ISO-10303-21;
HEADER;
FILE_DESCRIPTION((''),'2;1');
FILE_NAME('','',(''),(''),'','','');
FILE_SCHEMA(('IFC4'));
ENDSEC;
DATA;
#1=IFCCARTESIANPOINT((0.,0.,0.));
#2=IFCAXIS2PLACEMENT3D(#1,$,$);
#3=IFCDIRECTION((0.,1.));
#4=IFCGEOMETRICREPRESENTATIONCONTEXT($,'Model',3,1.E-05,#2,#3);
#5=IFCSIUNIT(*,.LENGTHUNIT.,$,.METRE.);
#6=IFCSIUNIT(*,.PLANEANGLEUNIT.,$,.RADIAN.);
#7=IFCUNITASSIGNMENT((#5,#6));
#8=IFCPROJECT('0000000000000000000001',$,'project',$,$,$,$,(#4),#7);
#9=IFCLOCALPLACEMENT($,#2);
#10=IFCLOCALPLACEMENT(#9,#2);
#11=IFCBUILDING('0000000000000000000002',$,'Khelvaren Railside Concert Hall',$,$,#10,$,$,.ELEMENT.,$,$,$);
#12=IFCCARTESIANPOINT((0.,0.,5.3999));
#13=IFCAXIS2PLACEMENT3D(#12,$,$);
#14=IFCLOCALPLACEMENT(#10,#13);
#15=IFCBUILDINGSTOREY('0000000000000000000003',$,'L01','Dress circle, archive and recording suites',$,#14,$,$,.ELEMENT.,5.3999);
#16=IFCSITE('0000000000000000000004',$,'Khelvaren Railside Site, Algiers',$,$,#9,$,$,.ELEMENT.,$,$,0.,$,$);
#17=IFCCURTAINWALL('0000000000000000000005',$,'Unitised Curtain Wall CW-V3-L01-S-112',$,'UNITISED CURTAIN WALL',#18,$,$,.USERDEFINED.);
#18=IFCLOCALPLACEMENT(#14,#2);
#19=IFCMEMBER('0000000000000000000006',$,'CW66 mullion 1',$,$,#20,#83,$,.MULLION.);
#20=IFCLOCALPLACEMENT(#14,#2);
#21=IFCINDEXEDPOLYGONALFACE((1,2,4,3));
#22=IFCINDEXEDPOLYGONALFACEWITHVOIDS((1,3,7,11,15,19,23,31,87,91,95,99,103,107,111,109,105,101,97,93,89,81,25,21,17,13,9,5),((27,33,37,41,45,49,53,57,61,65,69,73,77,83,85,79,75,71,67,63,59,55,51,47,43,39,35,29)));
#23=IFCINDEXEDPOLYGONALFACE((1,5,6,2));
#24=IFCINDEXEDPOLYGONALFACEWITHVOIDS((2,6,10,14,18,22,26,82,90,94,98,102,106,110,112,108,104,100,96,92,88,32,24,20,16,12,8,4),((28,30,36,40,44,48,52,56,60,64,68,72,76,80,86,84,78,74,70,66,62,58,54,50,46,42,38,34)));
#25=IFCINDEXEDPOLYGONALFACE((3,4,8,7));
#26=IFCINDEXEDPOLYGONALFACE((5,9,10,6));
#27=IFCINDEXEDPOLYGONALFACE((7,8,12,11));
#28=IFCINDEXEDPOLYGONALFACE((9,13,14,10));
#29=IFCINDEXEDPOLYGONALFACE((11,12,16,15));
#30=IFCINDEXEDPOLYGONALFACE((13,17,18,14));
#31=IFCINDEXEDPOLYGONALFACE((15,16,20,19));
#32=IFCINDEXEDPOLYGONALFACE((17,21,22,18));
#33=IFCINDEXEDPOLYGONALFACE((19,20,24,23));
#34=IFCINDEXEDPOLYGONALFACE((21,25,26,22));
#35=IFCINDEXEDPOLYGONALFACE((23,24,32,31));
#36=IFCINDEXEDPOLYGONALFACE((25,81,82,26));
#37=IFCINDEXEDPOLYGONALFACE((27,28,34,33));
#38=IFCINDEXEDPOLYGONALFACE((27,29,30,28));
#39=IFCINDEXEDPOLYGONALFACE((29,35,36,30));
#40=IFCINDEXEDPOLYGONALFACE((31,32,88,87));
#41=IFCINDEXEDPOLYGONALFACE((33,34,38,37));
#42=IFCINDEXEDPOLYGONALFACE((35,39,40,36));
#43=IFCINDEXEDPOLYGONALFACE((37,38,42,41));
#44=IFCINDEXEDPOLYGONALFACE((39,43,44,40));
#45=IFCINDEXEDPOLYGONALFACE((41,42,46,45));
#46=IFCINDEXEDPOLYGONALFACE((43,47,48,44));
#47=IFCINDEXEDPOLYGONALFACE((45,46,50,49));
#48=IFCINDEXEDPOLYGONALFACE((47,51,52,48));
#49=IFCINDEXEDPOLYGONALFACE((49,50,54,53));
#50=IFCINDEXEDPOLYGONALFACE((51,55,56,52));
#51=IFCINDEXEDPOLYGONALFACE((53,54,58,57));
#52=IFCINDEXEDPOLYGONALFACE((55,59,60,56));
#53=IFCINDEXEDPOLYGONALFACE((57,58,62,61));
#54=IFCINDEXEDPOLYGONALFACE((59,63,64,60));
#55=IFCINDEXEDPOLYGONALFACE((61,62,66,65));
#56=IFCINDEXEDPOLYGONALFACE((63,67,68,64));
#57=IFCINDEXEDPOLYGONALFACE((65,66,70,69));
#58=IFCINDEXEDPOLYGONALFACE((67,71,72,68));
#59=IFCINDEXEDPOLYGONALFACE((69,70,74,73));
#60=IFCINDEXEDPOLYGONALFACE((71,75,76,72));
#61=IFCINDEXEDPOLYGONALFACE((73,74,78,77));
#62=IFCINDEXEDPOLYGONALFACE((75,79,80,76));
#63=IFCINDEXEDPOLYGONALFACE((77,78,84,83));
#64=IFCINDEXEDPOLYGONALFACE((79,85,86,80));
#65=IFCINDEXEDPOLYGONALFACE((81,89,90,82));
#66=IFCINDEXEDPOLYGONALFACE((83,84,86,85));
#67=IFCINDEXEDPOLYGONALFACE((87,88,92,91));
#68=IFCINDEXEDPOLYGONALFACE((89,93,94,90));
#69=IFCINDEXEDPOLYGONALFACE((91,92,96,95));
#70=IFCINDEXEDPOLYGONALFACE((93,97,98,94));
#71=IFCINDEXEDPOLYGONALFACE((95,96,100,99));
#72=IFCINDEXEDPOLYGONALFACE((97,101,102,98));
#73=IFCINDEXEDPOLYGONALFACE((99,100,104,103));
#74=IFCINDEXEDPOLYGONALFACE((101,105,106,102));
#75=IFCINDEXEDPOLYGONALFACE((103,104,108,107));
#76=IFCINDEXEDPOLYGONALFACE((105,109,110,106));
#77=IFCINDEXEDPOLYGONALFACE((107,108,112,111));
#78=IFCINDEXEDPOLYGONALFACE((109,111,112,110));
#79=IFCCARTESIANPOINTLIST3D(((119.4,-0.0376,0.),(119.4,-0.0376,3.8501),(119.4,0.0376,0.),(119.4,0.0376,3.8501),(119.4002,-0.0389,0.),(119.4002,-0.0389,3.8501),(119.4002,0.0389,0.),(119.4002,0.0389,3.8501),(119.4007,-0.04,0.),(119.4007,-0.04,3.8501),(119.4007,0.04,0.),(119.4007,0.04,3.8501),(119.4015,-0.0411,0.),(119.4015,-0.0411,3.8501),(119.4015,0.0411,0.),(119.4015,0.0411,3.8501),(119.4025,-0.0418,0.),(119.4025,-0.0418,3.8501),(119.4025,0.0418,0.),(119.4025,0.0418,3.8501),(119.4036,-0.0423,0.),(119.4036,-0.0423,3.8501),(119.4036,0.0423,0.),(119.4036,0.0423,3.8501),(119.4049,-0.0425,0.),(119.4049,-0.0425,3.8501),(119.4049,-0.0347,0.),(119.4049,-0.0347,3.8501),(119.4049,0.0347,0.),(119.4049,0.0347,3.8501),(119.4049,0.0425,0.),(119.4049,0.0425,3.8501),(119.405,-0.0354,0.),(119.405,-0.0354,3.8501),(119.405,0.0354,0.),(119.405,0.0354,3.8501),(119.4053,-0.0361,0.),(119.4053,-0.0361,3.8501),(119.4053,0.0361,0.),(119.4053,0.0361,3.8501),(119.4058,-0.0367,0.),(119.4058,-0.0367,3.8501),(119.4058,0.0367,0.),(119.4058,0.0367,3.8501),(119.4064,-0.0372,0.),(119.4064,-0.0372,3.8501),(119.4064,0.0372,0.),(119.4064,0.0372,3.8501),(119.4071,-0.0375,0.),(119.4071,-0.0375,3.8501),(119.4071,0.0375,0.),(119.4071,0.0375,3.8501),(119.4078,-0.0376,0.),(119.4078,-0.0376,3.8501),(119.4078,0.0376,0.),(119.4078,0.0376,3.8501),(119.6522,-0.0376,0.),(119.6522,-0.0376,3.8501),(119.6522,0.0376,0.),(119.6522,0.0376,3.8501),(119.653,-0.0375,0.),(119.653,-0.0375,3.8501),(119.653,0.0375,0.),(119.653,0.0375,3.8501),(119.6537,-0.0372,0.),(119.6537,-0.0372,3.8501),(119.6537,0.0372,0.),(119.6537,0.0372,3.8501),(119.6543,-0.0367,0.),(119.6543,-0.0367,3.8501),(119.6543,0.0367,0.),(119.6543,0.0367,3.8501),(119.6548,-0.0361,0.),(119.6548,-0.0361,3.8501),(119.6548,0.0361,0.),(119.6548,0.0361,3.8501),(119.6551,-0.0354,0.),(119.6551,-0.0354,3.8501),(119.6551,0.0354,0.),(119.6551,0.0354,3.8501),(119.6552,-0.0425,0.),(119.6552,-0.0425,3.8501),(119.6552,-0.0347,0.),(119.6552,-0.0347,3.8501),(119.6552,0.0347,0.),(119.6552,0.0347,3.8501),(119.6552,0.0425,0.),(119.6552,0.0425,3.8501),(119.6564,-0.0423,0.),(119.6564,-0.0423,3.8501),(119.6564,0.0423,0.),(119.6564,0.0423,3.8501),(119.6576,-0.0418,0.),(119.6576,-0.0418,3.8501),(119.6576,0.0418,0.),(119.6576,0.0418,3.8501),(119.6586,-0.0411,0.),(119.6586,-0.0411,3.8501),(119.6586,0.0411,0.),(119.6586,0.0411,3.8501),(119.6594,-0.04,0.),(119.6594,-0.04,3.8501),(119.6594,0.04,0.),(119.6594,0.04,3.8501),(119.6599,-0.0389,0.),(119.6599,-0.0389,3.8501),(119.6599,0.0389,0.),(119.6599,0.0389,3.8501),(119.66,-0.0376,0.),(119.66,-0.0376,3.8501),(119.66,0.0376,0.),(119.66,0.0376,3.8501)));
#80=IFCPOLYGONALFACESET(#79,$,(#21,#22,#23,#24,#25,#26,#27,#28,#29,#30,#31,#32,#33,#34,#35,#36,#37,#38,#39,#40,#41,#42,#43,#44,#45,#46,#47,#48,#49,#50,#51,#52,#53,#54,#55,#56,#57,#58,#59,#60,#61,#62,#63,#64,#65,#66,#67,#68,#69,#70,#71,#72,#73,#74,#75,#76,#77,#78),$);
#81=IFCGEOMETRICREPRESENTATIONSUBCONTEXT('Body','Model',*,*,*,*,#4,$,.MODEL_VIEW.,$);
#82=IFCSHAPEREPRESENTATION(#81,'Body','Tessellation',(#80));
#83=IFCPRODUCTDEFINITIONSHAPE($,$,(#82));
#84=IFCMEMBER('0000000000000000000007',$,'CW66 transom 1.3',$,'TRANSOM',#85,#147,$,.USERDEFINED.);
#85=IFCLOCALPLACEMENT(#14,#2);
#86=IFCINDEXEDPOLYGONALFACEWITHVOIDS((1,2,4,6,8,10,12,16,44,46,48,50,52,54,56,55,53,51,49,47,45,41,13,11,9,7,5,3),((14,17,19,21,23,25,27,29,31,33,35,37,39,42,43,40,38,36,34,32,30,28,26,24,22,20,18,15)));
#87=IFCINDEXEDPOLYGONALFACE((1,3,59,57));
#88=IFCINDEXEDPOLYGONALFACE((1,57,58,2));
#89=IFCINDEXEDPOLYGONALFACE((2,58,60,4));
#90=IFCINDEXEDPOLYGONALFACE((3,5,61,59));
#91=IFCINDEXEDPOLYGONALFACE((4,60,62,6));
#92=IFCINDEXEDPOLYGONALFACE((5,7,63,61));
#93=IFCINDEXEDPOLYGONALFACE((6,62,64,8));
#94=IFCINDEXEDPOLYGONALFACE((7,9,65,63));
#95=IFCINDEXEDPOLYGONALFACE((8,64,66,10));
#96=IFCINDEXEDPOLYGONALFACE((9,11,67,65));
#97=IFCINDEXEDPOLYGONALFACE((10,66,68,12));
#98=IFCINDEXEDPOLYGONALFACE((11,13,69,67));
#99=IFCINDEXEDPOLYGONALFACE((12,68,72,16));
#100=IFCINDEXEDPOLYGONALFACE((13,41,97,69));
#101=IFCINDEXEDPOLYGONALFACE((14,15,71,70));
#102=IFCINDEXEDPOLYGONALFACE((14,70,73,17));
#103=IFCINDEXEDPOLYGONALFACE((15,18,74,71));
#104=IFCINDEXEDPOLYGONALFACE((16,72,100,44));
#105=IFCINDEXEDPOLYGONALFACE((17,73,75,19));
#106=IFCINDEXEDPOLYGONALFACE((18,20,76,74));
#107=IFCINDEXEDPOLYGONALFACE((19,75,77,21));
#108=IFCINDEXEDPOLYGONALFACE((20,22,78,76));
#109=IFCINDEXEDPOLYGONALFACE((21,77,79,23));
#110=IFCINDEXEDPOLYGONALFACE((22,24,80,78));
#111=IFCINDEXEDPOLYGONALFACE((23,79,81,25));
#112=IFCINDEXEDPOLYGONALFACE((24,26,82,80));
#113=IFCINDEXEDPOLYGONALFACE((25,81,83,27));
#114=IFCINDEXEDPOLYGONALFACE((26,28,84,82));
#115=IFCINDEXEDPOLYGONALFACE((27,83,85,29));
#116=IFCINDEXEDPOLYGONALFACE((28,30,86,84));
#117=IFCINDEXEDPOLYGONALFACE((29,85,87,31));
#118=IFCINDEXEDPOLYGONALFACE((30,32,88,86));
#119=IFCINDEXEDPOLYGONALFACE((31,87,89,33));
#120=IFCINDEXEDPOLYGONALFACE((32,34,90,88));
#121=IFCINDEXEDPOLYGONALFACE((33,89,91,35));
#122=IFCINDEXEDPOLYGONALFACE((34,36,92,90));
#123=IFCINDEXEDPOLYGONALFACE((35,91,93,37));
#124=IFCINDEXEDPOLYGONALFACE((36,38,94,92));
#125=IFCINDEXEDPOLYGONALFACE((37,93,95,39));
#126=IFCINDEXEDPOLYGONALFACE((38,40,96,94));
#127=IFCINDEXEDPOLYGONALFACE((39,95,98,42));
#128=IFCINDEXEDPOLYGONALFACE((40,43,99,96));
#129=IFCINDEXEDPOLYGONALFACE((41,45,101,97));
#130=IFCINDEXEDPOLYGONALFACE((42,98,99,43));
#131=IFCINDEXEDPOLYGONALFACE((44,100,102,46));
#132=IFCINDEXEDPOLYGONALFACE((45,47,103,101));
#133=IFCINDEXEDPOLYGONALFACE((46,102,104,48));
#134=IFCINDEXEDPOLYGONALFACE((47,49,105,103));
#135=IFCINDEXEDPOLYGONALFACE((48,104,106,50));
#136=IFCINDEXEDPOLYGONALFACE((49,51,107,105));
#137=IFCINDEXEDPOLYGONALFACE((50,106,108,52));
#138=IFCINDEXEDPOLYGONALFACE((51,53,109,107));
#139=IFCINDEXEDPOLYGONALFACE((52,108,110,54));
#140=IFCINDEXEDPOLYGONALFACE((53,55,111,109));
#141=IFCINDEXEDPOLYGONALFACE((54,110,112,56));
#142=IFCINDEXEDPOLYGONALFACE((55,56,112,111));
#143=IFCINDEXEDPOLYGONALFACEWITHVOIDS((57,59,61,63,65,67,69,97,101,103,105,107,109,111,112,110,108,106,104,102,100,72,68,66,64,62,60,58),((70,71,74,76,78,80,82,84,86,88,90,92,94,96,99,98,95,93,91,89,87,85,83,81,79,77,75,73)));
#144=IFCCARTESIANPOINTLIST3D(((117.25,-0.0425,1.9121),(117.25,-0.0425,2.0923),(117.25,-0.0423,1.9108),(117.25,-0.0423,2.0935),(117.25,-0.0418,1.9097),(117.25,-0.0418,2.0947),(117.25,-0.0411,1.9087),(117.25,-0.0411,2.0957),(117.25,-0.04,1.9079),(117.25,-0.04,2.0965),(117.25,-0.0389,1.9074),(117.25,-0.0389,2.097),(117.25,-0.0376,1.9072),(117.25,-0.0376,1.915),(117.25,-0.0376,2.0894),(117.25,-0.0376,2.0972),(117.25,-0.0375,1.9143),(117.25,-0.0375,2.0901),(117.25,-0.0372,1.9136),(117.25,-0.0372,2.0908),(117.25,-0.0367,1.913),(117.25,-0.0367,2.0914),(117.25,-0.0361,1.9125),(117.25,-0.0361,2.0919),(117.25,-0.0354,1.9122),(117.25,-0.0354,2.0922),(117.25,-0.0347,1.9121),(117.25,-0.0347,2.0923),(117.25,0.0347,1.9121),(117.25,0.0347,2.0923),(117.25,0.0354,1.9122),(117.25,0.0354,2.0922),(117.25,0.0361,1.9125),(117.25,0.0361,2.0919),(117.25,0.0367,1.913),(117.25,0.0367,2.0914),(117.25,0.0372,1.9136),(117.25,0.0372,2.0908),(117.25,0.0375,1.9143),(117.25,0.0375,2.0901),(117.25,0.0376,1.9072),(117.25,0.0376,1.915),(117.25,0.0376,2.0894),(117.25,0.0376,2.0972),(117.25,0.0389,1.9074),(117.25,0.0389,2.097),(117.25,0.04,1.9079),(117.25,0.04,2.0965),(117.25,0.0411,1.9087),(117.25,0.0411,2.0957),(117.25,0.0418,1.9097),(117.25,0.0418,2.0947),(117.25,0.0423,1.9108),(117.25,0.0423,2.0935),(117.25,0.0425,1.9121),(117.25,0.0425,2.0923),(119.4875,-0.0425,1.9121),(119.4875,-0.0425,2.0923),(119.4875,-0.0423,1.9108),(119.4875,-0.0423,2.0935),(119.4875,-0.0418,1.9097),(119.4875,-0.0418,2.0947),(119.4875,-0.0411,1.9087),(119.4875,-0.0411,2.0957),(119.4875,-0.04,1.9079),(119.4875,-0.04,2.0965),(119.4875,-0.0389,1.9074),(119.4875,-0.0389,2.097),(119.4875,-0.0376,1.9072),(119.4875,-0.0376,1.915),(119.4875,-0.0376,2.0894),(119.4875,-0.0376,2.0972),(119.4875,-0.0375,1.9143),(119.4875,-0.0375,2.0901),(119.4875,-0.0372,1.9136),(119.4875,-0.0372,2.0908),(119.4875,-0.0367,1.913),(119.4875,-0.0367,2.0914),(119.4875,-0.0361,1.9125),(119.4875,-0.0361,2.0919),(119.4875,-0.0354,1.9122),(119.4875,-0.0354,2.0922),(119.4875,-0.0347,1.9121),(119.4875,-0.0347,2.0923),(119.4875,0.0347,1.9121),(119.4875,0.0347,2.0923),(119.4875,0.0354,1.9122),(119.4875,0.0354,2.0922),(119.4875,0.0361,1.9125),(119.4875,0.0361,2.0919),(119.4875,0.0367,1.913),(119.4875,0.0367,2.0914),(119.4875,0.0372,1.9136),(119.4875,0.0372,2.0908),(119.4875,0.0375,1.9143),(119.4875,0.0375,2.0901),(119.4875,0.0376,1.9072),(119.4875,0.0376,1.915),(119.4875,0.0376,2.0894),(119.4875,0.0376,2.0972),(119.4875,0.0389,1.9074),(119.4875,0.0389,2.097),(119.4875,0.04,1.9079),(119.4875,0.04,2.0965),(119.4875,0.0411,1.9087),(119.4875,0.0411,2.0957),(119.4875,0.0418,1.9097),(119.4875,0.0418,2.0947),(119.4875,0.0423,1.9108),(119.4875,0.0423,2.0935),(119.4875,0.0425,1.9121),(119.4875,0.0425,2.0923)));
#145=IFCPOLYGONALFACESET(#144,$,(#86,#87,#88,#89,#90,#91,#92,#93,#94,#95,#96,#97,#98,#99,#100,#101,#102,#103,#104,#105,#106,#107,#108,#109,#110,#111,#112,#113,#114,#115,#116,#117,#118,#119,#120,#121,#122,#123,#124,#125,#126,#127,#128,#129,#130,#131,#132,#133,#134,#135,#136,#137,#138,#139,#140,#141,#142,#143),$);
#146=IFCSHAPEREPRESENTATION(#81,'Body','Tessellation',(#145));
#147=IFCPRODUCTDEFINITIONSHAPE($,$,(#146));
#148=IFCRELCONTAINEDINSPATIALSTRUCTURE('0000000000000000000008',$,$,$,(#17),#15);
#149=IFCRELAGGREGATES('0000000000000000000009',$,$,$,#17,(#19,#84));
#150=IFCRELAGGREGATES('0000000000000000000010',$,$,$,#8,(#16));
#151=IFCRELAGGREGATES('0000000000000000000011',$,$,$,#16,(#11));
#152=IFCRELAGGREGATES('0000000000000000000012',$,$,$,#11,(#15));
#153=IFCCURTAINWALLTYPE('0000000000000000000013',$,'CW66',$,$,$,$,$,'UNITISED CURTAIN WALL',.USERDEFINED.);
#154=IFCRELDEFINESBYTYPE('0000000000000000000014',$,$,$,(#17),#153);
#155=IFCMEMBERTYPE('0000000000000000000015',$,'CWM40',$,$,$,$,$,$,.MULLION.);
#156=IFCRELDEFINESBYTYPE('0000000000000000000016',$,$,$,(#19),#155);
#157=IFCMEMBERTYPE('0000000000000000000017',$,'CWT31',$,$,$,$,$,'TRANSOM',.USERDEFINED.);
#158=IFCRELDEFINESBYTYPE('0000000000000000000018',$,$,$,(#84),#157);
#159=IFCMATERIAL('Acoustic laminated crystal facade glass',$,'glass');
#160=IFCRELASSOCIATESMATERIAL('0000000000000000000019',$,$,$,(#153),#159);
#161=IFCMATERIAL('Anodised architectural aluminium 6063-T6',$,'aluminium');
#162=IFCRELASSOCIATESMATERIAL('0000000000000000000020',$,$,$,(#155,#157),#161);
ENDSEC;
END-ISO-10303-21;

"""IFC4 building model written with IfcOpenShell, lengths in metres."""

from ifc_helpers import new_model, si_unit, direction, frame, origin, origin_2d, place, context, subcontext, project, spatial, hollow_rectangle, extrude, material, material_profile, profile_set, type_object, element, aggregate, save


model = new_model("IFC4")

# Units and contexts
model_context = context("Model", 3, precision=1e-05, world=origin(), true_north=direction((0.0, 1.0)))
body_context = subcontext(model_context, "Body", "Model", "MODEL_VIEW")
ifc_project = project(units=[si_unit("LENGTHUNIT", "METRE"), si_unit("PLANEANGLEUNIT", "RADIAN")], contexts=[model_context])

# Site, building, storey
site_placement = place(None, origin())
site = spatial("IfcSite", under=ifc_project, at=site_placement, Name="Khelvaren Railside Site, Algiers", CompositionType="ELEMENT", RefElevation=0.0)
building_placement = place(site_placement, origin())
building = spatial("IfcBuilding", under=site, at=building_placement, Name="Khelvaren Railside Concert Hall", CompositionType="ELEMENT")
storey_placement = place(building_placement, frame((0.0, 0.0, 5.3999)))
storey = spatial("IfcBuildingStorey", under=building, at=storey_placement, Name="L01", Description="Dress circle, archive and recording suites", CompositionType="ELEMENT", Elevation=5.3999)

# Curtain wall, members
ifc_material_1 = material(Name="Acoustic laminated crystal facade glass", Category="glass")
curtain_wall_type = type_object("IfcCurtainWallType", Name="CW66", ElementType="UNITISED CURTAIN WALL", PredefinedType="USERDEFINED", material=ifc_material_1)
curtain_wall_placement = place(storey_placement, origin())
curtain_wall = element("IfcCurtainWall", 1, at=curtain_wall_placement, inside=storey, type_object=curtain_wall_type, Name="Unitised Curtain Wall CW-V3-L01-S-112", ObjectType="UNITISED CURTAIN WALL", PredefinedType="USERDEFINED")
ifc_material_2 = material(Name="Anodised architectural aluminium 6063-T6", Category="aluminium")
ifc_material_profile_1 = material_profile(ifc_material_2, hollow_rectangle(XDim=0.085, YDim=0.26, WallThickness=0.0049, InnerFilletRadius=0.0029, OuterFilletRadius=0.0049, at=origin_2d()), Name="CWM 85x260x5")
ifc_profile_set_1 = profile_set([ifc_material_profile_1], Name="Anodised architectural aluminium 6063-T6")
member_type_1 = type_object("IfcMemberType", Name="CWM40", PredefinedType="MULLION", material=ifc_profile_set_1)
member_1_placement = place(storey_placement, frame((119.53, 0.0, 0.0), z_axis=(0.0, 0.0, 1.0), x_axis=(0.0, -1.0, 0.0)))
member_1 = element("IfcMember", 2, at=member_1_placement, type_object=member_type_1, Name="CW66 mullion 1", PredefinedType="MULLION", context=body_context, shape_type="SweptSolid", body=[
    extrude(hollow_rectangle(XDim=0.085, YDim=0.26, WallThickness=0.0049, InnerFilletRadius=0.0029, OuterFilletRadius=0.0049, at=origin_2d()), origin(), (0.0, 0.0, 1.0), 3.8501),
])
ifc_material_profile_2 = material_profile(ifc_material_2, hollow_rectangle(XDim=0.085, YDim=0.1899, WallThickness=0.0049, InnerFilletRadius=0.0029, OuterFilletRadius=0.0049, at=origin_2d()), Name="CWT 85x190x5")
ifc_profile_set_2 = profile_set([ifc_material_profile_2], Name="Anodised architectural aluminium 6063-T6")
member_type_2 = type_object("IfcMemberType", Name="CWT31", ElementType="TRANSOM", PredefinedType="USERDEFINED", material=ifc_profile_set_2)
member_2_placement = place(storey_placement, frame((119.4875, 0.0, 2.0022), z_axis=(-1.0, 0.0, 0.0), x_axis=(0.0, -1.0, 0.0)))
member_2 = element("IfcMember", 3, at=member_2_placement, type_object=member_type_2, Name="CW66 transom 1.3", ObjectType="TRANSOM", PredefinedType="USERDEFINED", context=body_context, shape_type="SweptSolid", body=[
    extrude(hollow_rectangle(XDim=0.085, YDim=0.1899, WallThickness=0.0049, InnerFilletRadius=0.0029, OuterFilletRadius=0.0049, at=origin_2d()), origin(), (0.0, 0.0, 1.0), 2.2375),
])
aggregate(curtain_wall, [member_1, member_2])

save(model, "model.ifc")
